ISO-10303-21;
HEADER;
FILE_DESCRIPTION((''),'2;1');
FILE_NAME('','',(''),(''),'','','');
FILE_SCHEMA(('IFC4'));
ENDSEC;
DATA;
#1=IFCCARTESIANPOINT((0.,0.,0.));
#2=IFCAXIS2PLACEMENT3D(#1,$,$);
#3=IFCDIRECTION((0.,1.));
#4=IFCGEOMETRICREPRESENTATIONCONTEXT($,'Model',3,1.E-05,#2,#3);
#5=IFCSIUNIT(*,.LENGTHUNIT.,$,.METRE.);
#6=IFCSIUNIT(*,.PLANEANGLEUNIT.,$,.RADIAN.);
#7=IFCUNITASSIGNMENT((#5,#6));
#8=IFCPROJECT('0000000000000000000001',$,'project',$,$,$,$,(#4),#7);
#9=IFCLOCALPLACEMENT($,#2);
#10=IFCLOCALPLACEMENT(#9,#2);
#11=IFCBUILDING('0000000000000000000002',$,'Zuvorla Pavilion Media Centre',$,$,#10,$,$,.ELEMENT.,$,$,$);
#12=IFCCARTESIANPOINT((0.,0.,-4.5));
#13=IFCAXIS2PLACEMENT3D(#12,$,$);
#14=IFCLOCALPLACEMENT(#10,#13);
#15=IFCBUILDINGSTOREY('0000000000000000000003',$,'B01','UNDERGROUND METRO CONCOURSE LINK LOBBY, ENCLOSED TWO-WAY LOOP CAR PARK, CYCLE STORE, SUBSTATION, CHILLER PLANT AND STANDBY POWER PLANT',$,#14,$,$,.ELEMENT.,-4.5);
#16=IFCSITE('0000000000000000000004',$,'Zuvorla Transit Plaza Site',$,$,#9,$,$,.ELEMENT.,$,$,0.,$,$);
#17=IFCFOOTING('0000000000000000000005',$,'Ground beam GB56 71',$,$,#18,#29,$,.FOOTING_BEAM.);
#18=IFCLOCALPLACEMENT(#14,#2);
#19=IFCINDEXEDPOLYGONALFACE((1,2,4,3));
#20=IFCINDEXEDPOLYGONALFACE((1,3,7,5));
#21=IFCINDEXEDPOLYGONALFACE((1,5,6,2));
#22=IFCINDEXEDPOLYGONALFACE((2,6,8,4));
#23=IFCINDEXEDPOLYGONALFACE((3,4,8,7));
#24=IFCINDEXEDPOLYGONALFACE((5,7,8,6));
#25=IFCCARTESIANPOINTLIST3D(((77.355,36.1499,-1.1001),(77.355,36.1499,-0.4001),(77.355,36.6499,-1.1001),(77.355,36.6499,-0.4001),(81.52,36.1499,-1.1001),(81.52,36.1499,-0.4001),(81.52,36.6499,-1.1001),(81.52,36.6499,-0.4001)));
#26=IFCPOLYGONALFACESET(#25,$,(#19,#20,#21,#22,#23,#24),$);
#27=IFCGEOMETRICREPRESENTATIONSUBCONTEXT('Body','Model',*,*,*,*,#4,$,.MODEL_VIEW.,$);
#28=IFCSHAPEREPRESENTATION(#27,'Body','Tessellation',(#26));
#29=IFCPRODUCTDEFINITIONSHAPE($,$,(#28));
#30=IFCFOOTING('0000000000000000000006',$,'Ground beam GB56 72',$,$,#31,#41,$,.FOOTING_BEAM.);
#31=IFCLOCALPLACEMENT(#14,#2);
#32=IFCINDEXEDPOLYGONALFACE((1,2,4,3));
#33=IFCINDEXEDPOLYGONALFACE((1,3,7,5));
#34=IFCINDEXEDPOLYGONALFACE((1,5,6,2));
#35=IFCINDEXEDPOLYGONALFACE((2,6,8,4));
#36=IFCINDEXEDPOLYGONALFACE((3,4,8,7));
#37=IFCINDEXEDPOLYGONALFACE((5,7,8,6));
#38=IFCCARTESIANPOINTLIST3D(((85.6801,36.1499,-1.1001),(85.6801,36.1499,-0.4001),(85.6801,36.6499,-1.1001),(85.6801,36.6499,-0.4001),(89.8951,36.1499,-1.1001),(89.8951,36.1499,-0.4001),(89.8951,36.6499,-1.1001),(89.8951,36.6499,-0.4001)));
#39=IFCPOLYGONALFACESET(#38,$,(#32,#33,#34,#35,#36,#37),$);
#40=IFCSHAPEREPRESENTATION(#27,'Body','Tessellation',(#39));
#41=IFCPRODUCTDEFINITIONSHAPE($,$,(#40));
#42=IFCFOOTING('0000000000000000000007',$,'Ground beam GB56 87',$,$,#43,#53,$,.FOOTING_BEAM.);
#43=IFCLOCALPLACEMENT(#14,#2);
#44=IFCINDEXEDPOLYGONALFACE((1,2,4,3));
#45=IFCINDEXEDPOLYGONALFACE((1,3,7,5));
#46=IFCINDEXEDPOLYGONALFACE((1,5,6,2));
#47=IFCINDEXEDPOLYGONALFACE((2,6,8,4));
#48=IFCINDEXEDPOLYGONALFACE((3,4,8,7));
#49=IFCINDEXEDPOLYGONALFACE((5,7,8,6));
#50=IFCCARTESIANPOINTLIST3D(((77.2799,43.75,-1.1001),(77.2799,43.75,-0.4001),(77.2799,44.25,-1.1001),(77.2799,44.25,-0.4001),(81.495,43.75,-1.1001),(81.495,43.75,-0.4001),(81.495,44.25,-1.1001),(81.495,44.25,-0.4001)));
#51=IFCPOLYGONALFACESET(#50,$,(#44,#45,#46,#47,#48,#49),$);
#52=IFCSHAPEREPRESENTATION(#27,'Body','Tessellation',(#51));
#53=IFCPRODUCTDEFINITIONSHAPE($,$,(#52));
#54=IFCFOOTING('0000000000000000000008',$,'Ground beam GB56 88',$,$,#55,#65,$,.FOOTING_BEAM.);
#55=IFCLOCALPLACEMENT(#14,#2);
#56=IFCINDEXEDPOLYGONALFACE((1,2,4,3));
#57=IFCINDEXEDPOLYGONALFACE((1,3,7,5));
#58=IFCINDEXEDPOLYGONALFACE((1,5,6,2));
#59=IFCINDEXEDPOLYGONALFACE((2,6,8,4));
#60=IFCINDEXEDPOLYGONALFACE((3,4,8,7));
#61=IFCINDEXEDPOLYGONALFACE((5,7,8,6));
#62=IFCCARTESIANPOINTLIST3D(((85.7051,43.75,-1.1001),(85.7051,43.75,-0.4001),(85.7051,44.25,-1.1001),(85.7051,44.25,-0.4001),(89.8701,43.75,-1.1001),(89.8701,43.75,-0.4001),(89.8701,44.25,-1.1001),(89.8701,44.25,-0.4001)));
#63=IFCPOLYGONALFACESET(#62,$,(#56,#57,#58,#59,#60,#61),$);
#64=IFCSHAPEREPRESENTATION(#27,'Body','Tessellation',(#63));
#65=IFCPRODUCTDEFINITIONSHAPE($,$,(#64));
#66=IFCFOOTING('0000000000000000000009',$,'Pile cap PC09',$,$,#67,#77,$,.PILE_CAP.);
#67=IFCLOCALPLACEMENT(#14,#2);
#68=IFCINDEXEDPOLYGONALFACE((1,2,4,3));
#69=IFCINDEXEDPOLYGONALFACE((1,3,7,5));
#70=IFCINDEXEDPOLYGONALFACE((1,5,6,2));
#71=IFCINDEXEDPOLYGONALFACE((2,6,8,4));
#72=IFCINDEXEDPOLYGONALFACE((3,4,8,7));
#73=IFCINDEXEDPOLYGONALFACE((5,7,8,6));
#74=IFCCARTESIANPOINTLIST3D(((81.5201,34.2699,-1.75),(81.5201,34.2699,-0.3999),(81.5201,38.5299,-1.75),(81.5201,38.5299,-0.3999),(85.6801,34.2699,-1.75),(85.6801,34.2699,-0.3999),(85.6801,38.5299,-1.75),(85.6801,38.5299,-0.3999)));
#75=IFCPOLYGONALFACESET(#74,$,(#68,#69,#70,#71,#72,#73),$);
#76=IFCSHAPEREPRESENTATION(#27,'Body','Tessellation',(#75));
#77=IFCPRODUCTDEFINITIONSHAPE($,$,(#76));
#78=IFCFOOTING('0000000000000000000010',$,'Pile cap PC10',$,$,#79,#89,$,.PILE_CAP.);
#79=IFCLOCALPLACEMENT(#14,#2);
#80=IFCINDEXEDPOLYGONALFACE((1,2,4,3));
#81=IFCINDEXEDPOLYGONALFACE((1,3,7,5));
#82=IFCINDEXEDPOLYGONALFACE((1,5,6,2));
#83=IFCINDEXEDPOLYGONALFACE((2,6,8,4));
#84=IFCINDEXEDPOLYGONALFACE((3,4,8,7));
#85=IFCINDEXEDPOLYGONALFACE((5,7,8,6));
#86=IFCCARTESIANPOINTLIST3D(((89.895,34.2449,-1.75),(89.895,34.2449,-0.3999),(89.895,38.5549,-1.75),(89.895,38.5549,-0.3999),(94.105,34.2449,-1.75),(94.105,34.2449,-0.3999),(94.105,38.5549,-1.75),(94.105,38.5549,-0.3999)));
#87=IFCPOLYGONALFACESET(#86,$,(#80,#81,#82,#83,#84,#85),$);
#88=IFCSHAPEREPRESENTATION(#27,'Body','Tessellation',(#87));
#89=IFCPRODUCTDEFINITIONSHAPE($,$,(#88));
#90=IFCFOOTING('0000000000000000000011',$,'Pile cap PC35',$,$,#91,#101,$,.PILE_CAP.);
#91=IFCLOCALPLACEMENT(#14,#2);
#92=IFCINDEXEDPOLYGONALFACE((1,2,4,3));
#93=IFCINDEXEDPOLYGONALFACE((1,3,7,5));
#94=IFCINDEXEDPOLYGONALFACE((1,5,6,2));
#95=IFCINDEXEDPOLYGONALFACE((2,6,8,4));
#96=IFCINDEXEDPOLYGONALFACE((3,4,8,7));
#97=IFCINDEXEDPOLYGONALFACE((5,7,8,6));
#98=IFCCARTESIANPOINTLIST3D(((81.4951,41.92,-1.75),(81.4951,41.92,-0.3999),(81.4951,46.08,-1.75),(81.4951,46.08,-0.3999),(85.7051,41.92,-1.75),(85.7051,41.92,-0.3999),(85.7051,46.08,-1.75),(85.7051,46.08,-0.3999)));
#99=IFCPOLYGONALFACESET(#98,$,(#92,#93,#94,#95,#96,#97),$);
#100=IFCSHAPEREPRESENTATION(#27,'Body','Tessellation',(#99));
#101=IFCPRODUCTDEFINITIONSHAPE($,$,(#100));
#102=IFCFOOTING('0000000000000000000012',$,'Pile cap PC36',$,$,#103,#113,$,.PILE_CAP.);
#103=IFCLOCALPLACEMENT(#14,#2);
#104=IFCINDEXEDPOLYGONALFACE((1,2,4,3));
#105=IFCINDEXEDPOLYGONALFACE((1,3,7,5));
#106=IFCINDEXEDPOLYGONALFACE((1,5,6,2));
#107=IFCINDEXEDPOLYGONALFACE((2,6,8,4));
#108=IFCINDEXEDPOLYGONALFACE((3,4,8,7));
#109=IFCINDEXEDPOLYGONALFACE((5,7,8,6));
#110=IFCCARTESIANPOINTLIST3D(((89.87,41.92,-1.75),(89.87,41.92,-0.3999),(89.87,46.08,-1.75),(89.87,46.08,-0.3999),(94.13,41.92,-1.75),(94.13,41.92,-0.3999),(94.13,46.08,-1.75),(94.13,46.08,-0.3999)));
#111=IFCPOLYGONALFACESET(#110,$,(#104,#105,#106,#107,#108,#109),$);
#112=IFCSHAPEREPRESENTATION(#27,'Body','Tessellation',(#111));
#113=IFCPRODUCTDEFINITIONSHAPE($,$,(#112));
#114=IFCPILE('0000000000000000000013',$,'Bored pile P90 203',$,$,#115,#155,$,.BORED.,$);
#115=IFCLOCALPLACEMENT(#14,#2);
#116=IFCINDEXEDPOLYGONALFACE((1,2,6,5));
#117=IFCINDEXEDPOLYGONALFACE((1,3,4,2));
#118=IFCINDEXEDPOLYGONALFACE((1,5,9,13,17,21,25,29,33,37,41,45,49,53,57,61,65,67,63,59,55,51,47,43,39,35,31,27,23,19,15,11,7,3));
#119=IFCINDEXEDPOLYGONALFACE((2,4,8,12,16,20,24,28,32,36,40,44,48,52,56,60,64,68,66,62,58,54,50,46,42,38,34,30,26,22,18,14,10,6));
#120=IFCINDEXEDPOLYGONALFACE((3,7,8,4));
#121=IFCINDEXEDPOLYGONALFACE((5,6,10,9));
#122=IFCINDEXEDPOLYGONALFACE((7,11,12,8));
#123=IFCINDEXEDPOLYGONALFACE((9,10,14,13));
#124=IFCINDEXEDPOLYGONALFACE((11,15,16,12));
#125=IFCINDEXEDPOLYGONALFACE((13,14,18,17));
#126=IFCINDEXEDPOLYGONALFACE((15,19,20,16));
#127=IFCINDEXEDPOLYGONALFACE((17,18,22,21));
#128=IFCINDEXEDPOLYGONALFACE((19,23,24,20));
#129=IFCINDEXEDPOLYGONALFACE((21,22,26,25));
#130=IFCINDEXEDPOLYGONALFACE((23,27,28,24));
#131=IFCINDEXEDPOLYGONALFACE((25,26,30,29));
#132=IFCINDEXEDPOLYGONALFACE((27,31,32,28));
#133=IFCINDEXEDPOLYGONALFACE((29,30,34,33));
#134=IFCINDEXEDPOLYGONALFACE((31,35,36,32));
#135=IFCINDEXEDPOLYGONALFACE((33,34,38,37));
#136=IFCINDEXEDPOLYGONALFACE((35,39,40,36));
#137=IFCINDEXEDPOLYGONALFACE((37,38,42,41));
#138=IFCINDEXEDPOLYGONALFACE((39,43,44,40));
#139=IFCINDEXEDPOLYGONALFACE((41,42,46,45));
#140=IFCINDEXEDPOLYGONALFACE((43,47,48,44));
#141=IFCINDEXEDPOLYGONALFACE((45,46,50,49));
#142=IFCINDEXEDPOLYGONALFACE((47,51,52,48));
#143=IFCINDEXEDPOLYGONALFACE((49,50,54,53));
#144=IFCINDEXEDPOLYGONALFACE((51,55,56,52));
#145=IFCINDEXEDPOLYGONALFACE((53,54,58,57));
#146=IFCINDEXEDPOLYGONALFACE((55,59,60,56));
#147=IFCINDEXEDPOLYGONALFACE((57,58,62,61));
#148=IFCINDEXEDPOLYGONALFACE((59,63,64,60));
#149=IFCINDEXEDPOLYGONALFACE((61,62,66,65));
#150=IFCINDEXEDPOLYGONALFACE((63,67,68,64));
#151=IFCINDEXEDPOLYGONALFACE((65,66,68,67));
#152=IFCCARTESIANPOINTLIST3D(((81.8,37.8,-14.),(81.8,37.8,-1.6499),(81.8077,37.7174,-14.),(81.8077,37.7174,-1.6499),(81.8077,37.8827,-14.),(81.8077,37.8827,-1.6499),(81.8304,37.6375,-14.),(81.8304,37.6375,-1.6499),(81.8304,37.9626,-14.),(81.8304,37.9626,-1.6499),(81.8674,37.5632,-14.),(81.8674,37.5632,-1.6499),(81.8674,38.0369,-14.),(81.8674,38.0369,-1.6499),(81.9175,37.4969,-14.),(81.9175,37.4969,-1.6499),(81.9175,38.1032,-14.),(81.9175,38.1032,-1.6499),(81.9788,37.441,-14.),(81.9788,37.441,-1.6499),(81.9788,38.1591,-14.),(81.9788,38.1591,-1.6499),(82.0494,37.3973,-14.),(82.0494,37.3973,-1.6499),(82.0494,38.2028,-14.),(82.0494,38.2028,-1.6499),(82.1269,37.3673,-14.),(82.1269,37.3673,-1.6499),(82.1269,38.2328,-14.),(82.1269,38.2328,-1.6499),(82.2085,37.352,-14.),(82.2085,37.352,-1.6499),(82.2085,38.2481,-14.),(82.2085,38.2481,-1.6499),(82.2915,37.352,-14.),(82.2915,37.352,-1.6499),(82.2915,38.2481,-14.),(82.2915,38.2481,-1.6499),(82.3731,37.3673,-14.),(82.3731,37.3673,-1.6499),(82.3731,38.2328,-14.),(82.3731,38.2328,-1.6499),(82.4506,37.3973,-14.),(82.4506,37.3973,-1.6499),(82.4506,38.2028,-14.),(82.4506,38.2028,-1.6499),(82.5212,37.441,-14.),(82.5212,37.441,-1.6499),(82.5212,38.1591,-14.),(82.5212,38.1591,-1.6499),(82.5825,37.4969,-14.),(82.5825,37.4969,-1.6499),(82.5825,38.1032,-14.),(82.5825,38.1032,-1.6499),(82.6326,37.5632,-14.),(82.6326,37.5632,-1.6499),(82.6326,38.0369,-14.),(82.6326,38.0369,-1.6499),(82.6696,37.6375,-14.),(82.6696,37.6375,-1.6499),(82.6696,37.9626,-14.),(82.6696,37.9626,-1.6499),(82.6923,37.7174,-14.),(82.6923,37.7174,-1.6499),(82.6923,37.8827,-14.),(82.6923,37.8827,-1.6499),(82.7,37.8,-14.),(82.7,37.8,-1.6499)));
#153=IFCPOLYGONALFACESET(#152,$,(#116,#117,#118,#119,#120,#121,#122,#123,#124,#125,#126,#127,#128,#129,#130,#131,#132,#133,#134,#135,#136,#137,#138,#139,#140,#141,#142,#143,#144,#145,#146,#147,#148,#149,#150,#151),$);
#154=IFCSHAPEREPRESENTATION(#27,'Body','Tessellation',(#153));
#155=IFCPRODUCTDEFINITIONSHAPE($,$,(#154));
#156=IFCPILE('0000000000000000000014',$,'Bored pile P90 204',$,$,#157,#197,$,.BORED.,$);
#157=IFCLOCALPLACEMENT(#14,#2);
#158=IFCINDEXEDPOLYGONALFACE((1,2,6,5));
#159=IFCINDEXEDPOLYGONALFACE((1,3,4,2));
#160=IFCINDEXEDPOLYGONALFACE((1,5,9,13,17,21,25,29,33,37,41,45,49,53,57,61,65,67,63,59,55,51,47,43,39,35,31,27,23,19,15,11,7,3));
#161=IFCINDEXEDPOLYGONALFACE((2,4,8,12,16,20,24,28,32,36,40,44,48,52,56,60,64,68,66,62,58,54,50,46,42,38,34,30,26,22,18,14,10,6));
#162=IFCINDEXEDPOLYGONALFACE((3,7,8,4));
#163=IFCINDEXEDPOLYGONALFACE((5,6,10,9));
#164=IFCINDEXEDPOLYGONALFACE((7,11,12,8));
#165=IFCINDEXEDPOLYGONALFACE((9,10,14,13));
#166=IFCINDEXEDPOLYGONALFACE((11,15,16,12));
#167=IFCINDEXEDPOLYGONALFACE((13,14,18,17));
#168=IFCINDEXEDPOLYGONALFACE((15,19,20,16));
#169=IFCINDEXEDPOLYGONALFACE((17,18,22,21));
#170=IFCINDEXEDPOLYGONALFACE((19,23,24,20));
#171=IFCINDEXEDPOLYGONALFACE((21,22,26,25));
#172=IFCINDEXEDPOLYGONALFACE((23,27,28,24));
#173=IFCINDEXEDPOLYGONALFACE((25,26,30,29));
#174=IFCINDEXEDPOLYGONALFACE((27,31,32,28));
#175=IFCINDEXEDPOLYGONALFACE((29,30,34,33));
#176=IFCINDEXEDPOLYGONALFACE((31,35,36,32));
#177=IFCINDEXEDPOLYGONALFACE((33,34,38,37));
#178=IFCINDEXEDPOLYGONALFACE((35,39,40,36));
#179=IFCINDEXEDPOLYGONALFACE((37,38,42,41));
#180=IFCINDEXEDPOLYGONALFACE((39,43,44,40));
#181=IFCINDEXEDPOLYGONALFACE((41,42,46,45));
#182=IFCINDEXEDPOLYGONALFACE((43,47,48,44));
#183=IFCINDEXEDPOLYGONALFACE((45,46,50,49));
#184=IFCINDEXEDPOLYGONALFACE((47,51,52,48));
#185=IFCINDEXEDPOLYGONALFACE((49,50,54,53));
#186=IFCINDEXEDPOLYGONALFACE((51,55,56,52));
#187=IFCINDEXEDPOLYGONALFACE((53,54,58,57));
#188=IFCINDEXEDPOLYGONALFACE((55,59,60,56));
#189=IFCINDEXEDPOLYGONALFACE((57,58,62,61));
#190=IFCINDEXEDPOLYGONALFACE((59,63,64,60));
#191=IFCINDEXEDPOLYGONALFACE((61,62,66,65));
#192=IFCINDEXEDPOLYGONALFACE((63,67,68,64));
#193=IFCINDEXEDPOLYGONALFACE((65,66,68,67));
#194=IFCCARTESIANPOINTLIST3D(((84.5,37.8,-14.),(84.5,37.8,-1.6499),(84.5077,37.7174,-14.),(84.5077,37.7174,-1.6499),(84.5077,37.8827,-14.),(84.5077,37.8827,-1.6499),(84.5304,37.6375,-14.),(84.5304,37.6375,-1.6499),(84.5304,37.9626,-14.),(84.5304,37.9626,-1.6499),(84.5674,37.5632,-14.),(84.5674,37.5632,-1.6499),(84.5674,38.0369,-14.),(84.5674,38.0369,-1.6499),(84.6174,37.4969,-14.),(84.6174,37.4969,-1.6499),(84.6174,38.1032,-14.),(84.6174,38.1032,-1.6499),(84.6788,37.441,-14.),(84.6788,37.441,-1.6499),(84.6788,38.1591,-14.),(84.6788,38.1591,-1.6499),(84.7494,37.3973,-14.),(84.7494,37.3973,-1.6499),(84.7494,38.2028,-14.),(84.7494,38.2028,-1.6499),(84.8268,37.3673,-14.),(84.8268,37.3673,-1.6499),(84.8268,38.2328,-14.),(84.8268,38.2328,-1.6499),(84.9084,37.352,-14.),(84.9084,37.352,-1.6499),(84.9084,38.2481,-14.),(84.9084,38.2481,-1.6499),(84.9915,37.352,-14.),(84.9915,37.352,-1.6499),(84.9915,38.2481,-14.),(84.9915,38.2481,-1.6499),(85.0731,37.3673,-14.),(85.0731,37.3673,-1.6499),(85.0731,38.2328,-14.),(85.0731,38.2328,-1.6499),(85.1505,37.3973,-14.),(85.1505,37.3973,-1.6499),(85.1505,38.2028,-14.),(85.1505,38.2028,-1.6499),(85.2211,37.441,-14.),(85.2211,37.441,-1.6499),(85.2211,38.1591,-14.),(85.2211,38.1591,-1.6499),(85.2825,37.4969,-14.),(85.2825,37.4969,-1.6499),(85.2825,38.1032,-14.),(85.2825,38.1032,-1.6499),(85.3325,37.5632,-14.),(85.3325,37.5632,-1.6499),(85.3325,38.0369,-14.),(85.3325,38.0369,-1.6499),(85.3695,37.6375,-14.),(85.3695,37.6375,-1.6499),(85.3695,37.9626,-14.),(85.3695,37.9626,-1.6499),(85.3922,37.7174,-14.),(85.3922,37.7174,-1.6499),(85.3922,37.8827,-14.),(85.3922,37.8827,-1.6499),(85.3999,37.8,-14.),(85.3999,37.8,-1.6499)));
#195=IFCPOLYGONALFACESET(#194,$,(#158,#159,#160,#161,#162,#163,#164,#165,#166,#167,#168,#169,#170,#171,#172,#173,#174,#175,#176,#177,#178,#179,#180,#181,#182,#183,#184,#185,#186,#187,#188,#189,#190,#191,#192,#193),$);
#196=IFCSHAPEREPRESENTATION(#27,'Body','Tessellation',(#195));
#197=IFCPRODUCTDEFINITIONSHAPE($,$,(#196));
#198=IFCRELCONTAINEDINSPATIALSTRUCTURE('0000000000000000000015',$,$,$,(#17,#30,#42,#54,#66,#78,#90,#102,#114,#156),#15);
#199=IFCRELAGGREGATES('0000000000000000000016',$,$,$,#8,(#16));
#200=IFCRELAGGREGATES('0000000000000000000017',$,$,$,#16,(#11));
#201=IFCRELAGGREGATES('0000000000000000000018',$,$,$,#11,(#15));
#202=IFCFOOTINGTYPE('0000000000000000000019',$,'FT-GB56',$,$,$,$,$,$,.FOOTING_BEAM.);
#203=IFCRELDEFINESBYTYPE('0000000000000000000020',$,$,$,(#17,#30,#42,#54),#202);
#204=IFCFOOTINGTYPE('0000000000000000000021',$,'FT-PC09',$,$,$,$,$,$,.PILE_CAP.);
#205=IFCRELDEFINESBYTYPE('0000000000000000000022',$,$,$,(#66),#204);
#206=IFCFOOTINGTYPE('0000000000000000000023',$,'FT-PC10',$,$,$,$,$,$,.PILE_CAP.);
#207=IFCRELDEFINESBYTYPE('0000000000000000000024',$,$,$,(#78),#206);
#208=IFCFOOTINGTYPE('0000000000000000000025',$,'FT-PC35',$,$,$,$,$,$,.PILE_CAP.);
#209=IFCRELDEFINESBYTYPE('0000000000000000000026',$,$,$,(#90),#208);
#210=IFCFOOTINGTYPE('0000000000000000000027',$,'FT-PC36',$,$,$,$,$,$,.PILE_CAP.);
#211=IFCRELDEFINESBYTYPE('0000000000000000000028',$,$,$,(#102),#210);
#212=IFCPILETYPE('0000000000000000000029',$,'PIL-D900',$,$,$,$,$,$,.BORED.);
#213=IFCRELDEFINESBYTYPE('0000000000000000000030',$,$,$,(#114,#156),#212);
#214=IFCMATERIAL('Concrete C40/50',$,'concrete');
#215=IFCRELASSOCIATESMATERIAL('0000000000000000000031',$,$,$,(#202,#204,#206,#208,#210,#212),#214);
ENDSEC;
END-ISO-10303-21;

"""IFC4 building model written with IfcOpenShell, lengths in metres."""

from ifc_helpers import new_model, si_unit, direction, frame, origin, origin_2d, place, context, subcontext, project, spatial, rectangle, circle, extrude, material, material_profile, profile_set, type_object, element, save


model = new_model("IFC4")

# Units and contexts
model_context = context("Model", 3, precision=1e-05, world=origin(), true_north=direction((0.0, 1.0)))
body_context = subcontext(model_context, "Body", "Model", "MODEL_VIEW")
ifc_project = project(units=[si_unit("LENGTHUNIT", "METRE"), si_unit("PLANEANGLEUNIT", "RADIAN")], contexts=[model_context])

# Site, building, storey
site_placement = place(None, origin())
site = spatial("IfcSite", under=ifc_project, at=site_placement, Name="Zuvorla Transit Plaza Site", CompositionType="ELEMENT", RefElevation=0.0)
building_placement = place(site_placement, origin())
building = spatial("IfcBuilding", under=site, at=building_placement, Name="Zuvorla Pavilion Media Centre", CompositionType="ELEMENT")
storey_placement = place(building_placement, frame((0.0, 0.0, -4.5)))
storey = spatial("IfcBuildingStorey", under=building, at=storey_placement, Name="B01", Description="UNDERGROUND METRO CONCOURSE LINK LOBBY, ENCLOSED TWO-WAY LOOP CAR PARK, CYCLE STORE, SUBSTATION, CHILLER PLANT AND STANDBY POWER PLANT", CompositionType="ELEMENT", Elevation=-4.5)

# Footings
ifc_material_1 = material(Name="Concrete C40/50", Category="concrete")
footing_type_1 = type_object("IfcFootingType", Name="FT-GB56", PredefinedType="FOOTING_BEAM", material=ifc_material_1)
footing_1_placement = place(storey_placement, frame((79.4375, 36.3999, -1.1001), z_axis=(0.0, 0.0, 1.0), x_axis=(1.0, 0.0, 0.0)))
element("IfcFooting", 1, at=footing_1_placement, inside=storey, type_object=footing_type_1, Name="Ground beam GB56 71", PredefinedType="FOOTING_BEAM", context=body_context, shape_type="SweptSolid", body=[
    extrude(rectangle(XDim=4.165, YDim=0.5, at=origin_2d()), origin(), (0.0, 0.0, 1.0), 0.7),
])
for number, where, z_axis, x_axis, name in (
    (2, (87.7876, 36.3999, -1.1001), (0.0, 0.0, 1.0), (1.0, 0.0, 0.0), "Ground beam GB56 72"),
    (3, (79.3875, 44.0, -1.1001), (0.0, 0.0, 1.0), (1.0, 0.0, 0.0), "Ground beam GB56 87"),
):
    element("IfcFooting", number, at=place(storey_placement, frame(where, z_axis=z_axis, x_axis=x_axis)), inside=storey, type_object=footing_type_1, Name=name, PredefinedType="FOOTING_BEAM", context=body_context, shape_type="SweptSolid", body=[
        extrude(rectangle(XDim=4.2151, YDim=0.5, at=origin_2d()), origin(), (0.0, 0.0, 1.0), 0.7),
    ])
footing_2_placement = place(storey_placement, frame((87.7876, 44.0, -1.1001), z_axis=(0.0, 0.0, 1.0), x_axis=(1.0, 0.0, 0.0)))
element("IfcFooting", 4, at=footing_2_placement, inside=storey, type_object=footing_type_1, Name="Ground beam GB56 88", PredefinedType="FOOTING_BEAM", context=body_context, shape_type="SweptSolid", body=[
    extrude(rectangle(XDim=4.165, YDim=0.5, at=origin_2d()), origin(), (0.0, 0.0, 1.0), 0.7),
])
footing_type_2 = type_object("IfcFootingType", Name="FT-PC09", PredefinedType="PILE_CAP", material=ifc_material_1)
footing_3_placement = place(storey_placement, frame((83.6001, 36.3999, -1.75), z_axis=(0.0, 0.0, 1.0), x_axis=(1.0, 0.0, 0.0)))
element("IfcFooting", 5, at=footing_3_placement, inside=storey, type_object=footing_type_2, Name="Pile cap PC09", PredefinedType="PILE_CAP", context=body_context, shape_type="SweptSolid", body=[
    extrude(rectangle(XDim=4.1599, YDim=4.26, at=origin_2d()), origin(), (0.0, 0.0, 1.0), 1.3501),
])
footing_type_3 = type_object("IfcFootingType", Name="FT-PC10", PredefinedType="PILE_CAP", material=ifc_material_1)
footing_4_placement = place(storey_placement, frame((92.0, 36.3999, -1.75), z_axis=(0.0, 0.0, 1.0), x_axis=(1.0, 0.0, 0.0)))
element("IfcFooting", 6, at=footing_4_placement, inside=storey, type_object=footing_type_3, Name="Pile cap PC10", PredefinedType="PILE_CAP", context=body_context, shape_type="SweptSolid", body=[
    extrude(rectangle(XDim=4.21, YDim=4.3101, at=origin_2d()), origin(), (0.0, 0.0, 1.0), 1.3501),
])
footing_type_4 = type_object("IfcFootingType", Name="FT-PC35", PredefinedType="PILE_CAP", material=ifc_material_1)
footing_5_placement = place(storey_placement, frame((83.6001, 44.0, -1.75), z_axis=(0.0, 0.0, 1.0), x_axis=(1.0, 0.0, 0.0)))
element("IfcFooting", 7, at=footing_5_placement, inside=storey, type_object=footing_type_4, Name="Pile cap PC35", PredefinedType="PILE_CAP", context=body_context, shape_type="SweptSolid", body=[
    extrude(rectangle(XDim=4.21, YDim=4.1599, at=origin_2d()), origin(), (0.0, 0.0, 1.0), 1.3501),
])
footing_type_5 = type_object("IfcFootingType", Name="FT-PC36", PredefinedType="PILE_CAP", material=ifc_material_1)
footing_6_placement = place(storey_placement, frame((92.0, 44.0, -1.75), z_axis=(0.0, 0.0, 1.0), x_axis=(1.0, 0.0, 0.0)))
element("IfcFooting", 8, at=footing_6_placement, inside=storey, type_object=footing_type_5, Name="Pile cap PC36", PredefinedType="PILE_CAP", context=body_context, shape_type="SweptSolid", body=[
    extrude(rectangle(XDim=4.26, YDim=4.1599, at=origin_2d()), origin(), (0.0, 0.0, 1.0), 1.3501),
])

# Piles
ifc_material_profile_1 = material_profile(ifc_material_1, circle(Radius=0.45, at=origin_2d()), Name="BORED PILE 900")
ifc_profile_set_1 = profile_set([ifc_material_profile_1], Name="Concrete C40/50")
pile_type = type_object("IfcPileType", Name="PIL-D900", PredefinedType="BORED", material=ifc_profile_set_1)
for number, where, z_axis, x_axis, name in (
    (9, (82.25, 37.8, -1.6499), (0.0, 0.0, -1.0), (1.0, 0.0, 0.0), "Bored pile P90 203"),
    (10, (84.95, 37.8, -1.6499), (0.0, 0.0, -1.0), (1.0, 0.0, 0.0), "Bored pile P90 204"),
):
    element("IfcPile", number, at=place(storey_placement, frame(where, z_axis=z_axis, x_axis=x_axis)), inside=storey, type_object=pile_type, Name=name, PredefinedType="BORED", context=body_context, shape_type="SweptSolid", body=[
        extrude(circle(Radius=0.45, at=origin_2d()), origin(), (0.0, 0.0, 1.0), 12.3501),
    ])

save(model, "model.ifc")
